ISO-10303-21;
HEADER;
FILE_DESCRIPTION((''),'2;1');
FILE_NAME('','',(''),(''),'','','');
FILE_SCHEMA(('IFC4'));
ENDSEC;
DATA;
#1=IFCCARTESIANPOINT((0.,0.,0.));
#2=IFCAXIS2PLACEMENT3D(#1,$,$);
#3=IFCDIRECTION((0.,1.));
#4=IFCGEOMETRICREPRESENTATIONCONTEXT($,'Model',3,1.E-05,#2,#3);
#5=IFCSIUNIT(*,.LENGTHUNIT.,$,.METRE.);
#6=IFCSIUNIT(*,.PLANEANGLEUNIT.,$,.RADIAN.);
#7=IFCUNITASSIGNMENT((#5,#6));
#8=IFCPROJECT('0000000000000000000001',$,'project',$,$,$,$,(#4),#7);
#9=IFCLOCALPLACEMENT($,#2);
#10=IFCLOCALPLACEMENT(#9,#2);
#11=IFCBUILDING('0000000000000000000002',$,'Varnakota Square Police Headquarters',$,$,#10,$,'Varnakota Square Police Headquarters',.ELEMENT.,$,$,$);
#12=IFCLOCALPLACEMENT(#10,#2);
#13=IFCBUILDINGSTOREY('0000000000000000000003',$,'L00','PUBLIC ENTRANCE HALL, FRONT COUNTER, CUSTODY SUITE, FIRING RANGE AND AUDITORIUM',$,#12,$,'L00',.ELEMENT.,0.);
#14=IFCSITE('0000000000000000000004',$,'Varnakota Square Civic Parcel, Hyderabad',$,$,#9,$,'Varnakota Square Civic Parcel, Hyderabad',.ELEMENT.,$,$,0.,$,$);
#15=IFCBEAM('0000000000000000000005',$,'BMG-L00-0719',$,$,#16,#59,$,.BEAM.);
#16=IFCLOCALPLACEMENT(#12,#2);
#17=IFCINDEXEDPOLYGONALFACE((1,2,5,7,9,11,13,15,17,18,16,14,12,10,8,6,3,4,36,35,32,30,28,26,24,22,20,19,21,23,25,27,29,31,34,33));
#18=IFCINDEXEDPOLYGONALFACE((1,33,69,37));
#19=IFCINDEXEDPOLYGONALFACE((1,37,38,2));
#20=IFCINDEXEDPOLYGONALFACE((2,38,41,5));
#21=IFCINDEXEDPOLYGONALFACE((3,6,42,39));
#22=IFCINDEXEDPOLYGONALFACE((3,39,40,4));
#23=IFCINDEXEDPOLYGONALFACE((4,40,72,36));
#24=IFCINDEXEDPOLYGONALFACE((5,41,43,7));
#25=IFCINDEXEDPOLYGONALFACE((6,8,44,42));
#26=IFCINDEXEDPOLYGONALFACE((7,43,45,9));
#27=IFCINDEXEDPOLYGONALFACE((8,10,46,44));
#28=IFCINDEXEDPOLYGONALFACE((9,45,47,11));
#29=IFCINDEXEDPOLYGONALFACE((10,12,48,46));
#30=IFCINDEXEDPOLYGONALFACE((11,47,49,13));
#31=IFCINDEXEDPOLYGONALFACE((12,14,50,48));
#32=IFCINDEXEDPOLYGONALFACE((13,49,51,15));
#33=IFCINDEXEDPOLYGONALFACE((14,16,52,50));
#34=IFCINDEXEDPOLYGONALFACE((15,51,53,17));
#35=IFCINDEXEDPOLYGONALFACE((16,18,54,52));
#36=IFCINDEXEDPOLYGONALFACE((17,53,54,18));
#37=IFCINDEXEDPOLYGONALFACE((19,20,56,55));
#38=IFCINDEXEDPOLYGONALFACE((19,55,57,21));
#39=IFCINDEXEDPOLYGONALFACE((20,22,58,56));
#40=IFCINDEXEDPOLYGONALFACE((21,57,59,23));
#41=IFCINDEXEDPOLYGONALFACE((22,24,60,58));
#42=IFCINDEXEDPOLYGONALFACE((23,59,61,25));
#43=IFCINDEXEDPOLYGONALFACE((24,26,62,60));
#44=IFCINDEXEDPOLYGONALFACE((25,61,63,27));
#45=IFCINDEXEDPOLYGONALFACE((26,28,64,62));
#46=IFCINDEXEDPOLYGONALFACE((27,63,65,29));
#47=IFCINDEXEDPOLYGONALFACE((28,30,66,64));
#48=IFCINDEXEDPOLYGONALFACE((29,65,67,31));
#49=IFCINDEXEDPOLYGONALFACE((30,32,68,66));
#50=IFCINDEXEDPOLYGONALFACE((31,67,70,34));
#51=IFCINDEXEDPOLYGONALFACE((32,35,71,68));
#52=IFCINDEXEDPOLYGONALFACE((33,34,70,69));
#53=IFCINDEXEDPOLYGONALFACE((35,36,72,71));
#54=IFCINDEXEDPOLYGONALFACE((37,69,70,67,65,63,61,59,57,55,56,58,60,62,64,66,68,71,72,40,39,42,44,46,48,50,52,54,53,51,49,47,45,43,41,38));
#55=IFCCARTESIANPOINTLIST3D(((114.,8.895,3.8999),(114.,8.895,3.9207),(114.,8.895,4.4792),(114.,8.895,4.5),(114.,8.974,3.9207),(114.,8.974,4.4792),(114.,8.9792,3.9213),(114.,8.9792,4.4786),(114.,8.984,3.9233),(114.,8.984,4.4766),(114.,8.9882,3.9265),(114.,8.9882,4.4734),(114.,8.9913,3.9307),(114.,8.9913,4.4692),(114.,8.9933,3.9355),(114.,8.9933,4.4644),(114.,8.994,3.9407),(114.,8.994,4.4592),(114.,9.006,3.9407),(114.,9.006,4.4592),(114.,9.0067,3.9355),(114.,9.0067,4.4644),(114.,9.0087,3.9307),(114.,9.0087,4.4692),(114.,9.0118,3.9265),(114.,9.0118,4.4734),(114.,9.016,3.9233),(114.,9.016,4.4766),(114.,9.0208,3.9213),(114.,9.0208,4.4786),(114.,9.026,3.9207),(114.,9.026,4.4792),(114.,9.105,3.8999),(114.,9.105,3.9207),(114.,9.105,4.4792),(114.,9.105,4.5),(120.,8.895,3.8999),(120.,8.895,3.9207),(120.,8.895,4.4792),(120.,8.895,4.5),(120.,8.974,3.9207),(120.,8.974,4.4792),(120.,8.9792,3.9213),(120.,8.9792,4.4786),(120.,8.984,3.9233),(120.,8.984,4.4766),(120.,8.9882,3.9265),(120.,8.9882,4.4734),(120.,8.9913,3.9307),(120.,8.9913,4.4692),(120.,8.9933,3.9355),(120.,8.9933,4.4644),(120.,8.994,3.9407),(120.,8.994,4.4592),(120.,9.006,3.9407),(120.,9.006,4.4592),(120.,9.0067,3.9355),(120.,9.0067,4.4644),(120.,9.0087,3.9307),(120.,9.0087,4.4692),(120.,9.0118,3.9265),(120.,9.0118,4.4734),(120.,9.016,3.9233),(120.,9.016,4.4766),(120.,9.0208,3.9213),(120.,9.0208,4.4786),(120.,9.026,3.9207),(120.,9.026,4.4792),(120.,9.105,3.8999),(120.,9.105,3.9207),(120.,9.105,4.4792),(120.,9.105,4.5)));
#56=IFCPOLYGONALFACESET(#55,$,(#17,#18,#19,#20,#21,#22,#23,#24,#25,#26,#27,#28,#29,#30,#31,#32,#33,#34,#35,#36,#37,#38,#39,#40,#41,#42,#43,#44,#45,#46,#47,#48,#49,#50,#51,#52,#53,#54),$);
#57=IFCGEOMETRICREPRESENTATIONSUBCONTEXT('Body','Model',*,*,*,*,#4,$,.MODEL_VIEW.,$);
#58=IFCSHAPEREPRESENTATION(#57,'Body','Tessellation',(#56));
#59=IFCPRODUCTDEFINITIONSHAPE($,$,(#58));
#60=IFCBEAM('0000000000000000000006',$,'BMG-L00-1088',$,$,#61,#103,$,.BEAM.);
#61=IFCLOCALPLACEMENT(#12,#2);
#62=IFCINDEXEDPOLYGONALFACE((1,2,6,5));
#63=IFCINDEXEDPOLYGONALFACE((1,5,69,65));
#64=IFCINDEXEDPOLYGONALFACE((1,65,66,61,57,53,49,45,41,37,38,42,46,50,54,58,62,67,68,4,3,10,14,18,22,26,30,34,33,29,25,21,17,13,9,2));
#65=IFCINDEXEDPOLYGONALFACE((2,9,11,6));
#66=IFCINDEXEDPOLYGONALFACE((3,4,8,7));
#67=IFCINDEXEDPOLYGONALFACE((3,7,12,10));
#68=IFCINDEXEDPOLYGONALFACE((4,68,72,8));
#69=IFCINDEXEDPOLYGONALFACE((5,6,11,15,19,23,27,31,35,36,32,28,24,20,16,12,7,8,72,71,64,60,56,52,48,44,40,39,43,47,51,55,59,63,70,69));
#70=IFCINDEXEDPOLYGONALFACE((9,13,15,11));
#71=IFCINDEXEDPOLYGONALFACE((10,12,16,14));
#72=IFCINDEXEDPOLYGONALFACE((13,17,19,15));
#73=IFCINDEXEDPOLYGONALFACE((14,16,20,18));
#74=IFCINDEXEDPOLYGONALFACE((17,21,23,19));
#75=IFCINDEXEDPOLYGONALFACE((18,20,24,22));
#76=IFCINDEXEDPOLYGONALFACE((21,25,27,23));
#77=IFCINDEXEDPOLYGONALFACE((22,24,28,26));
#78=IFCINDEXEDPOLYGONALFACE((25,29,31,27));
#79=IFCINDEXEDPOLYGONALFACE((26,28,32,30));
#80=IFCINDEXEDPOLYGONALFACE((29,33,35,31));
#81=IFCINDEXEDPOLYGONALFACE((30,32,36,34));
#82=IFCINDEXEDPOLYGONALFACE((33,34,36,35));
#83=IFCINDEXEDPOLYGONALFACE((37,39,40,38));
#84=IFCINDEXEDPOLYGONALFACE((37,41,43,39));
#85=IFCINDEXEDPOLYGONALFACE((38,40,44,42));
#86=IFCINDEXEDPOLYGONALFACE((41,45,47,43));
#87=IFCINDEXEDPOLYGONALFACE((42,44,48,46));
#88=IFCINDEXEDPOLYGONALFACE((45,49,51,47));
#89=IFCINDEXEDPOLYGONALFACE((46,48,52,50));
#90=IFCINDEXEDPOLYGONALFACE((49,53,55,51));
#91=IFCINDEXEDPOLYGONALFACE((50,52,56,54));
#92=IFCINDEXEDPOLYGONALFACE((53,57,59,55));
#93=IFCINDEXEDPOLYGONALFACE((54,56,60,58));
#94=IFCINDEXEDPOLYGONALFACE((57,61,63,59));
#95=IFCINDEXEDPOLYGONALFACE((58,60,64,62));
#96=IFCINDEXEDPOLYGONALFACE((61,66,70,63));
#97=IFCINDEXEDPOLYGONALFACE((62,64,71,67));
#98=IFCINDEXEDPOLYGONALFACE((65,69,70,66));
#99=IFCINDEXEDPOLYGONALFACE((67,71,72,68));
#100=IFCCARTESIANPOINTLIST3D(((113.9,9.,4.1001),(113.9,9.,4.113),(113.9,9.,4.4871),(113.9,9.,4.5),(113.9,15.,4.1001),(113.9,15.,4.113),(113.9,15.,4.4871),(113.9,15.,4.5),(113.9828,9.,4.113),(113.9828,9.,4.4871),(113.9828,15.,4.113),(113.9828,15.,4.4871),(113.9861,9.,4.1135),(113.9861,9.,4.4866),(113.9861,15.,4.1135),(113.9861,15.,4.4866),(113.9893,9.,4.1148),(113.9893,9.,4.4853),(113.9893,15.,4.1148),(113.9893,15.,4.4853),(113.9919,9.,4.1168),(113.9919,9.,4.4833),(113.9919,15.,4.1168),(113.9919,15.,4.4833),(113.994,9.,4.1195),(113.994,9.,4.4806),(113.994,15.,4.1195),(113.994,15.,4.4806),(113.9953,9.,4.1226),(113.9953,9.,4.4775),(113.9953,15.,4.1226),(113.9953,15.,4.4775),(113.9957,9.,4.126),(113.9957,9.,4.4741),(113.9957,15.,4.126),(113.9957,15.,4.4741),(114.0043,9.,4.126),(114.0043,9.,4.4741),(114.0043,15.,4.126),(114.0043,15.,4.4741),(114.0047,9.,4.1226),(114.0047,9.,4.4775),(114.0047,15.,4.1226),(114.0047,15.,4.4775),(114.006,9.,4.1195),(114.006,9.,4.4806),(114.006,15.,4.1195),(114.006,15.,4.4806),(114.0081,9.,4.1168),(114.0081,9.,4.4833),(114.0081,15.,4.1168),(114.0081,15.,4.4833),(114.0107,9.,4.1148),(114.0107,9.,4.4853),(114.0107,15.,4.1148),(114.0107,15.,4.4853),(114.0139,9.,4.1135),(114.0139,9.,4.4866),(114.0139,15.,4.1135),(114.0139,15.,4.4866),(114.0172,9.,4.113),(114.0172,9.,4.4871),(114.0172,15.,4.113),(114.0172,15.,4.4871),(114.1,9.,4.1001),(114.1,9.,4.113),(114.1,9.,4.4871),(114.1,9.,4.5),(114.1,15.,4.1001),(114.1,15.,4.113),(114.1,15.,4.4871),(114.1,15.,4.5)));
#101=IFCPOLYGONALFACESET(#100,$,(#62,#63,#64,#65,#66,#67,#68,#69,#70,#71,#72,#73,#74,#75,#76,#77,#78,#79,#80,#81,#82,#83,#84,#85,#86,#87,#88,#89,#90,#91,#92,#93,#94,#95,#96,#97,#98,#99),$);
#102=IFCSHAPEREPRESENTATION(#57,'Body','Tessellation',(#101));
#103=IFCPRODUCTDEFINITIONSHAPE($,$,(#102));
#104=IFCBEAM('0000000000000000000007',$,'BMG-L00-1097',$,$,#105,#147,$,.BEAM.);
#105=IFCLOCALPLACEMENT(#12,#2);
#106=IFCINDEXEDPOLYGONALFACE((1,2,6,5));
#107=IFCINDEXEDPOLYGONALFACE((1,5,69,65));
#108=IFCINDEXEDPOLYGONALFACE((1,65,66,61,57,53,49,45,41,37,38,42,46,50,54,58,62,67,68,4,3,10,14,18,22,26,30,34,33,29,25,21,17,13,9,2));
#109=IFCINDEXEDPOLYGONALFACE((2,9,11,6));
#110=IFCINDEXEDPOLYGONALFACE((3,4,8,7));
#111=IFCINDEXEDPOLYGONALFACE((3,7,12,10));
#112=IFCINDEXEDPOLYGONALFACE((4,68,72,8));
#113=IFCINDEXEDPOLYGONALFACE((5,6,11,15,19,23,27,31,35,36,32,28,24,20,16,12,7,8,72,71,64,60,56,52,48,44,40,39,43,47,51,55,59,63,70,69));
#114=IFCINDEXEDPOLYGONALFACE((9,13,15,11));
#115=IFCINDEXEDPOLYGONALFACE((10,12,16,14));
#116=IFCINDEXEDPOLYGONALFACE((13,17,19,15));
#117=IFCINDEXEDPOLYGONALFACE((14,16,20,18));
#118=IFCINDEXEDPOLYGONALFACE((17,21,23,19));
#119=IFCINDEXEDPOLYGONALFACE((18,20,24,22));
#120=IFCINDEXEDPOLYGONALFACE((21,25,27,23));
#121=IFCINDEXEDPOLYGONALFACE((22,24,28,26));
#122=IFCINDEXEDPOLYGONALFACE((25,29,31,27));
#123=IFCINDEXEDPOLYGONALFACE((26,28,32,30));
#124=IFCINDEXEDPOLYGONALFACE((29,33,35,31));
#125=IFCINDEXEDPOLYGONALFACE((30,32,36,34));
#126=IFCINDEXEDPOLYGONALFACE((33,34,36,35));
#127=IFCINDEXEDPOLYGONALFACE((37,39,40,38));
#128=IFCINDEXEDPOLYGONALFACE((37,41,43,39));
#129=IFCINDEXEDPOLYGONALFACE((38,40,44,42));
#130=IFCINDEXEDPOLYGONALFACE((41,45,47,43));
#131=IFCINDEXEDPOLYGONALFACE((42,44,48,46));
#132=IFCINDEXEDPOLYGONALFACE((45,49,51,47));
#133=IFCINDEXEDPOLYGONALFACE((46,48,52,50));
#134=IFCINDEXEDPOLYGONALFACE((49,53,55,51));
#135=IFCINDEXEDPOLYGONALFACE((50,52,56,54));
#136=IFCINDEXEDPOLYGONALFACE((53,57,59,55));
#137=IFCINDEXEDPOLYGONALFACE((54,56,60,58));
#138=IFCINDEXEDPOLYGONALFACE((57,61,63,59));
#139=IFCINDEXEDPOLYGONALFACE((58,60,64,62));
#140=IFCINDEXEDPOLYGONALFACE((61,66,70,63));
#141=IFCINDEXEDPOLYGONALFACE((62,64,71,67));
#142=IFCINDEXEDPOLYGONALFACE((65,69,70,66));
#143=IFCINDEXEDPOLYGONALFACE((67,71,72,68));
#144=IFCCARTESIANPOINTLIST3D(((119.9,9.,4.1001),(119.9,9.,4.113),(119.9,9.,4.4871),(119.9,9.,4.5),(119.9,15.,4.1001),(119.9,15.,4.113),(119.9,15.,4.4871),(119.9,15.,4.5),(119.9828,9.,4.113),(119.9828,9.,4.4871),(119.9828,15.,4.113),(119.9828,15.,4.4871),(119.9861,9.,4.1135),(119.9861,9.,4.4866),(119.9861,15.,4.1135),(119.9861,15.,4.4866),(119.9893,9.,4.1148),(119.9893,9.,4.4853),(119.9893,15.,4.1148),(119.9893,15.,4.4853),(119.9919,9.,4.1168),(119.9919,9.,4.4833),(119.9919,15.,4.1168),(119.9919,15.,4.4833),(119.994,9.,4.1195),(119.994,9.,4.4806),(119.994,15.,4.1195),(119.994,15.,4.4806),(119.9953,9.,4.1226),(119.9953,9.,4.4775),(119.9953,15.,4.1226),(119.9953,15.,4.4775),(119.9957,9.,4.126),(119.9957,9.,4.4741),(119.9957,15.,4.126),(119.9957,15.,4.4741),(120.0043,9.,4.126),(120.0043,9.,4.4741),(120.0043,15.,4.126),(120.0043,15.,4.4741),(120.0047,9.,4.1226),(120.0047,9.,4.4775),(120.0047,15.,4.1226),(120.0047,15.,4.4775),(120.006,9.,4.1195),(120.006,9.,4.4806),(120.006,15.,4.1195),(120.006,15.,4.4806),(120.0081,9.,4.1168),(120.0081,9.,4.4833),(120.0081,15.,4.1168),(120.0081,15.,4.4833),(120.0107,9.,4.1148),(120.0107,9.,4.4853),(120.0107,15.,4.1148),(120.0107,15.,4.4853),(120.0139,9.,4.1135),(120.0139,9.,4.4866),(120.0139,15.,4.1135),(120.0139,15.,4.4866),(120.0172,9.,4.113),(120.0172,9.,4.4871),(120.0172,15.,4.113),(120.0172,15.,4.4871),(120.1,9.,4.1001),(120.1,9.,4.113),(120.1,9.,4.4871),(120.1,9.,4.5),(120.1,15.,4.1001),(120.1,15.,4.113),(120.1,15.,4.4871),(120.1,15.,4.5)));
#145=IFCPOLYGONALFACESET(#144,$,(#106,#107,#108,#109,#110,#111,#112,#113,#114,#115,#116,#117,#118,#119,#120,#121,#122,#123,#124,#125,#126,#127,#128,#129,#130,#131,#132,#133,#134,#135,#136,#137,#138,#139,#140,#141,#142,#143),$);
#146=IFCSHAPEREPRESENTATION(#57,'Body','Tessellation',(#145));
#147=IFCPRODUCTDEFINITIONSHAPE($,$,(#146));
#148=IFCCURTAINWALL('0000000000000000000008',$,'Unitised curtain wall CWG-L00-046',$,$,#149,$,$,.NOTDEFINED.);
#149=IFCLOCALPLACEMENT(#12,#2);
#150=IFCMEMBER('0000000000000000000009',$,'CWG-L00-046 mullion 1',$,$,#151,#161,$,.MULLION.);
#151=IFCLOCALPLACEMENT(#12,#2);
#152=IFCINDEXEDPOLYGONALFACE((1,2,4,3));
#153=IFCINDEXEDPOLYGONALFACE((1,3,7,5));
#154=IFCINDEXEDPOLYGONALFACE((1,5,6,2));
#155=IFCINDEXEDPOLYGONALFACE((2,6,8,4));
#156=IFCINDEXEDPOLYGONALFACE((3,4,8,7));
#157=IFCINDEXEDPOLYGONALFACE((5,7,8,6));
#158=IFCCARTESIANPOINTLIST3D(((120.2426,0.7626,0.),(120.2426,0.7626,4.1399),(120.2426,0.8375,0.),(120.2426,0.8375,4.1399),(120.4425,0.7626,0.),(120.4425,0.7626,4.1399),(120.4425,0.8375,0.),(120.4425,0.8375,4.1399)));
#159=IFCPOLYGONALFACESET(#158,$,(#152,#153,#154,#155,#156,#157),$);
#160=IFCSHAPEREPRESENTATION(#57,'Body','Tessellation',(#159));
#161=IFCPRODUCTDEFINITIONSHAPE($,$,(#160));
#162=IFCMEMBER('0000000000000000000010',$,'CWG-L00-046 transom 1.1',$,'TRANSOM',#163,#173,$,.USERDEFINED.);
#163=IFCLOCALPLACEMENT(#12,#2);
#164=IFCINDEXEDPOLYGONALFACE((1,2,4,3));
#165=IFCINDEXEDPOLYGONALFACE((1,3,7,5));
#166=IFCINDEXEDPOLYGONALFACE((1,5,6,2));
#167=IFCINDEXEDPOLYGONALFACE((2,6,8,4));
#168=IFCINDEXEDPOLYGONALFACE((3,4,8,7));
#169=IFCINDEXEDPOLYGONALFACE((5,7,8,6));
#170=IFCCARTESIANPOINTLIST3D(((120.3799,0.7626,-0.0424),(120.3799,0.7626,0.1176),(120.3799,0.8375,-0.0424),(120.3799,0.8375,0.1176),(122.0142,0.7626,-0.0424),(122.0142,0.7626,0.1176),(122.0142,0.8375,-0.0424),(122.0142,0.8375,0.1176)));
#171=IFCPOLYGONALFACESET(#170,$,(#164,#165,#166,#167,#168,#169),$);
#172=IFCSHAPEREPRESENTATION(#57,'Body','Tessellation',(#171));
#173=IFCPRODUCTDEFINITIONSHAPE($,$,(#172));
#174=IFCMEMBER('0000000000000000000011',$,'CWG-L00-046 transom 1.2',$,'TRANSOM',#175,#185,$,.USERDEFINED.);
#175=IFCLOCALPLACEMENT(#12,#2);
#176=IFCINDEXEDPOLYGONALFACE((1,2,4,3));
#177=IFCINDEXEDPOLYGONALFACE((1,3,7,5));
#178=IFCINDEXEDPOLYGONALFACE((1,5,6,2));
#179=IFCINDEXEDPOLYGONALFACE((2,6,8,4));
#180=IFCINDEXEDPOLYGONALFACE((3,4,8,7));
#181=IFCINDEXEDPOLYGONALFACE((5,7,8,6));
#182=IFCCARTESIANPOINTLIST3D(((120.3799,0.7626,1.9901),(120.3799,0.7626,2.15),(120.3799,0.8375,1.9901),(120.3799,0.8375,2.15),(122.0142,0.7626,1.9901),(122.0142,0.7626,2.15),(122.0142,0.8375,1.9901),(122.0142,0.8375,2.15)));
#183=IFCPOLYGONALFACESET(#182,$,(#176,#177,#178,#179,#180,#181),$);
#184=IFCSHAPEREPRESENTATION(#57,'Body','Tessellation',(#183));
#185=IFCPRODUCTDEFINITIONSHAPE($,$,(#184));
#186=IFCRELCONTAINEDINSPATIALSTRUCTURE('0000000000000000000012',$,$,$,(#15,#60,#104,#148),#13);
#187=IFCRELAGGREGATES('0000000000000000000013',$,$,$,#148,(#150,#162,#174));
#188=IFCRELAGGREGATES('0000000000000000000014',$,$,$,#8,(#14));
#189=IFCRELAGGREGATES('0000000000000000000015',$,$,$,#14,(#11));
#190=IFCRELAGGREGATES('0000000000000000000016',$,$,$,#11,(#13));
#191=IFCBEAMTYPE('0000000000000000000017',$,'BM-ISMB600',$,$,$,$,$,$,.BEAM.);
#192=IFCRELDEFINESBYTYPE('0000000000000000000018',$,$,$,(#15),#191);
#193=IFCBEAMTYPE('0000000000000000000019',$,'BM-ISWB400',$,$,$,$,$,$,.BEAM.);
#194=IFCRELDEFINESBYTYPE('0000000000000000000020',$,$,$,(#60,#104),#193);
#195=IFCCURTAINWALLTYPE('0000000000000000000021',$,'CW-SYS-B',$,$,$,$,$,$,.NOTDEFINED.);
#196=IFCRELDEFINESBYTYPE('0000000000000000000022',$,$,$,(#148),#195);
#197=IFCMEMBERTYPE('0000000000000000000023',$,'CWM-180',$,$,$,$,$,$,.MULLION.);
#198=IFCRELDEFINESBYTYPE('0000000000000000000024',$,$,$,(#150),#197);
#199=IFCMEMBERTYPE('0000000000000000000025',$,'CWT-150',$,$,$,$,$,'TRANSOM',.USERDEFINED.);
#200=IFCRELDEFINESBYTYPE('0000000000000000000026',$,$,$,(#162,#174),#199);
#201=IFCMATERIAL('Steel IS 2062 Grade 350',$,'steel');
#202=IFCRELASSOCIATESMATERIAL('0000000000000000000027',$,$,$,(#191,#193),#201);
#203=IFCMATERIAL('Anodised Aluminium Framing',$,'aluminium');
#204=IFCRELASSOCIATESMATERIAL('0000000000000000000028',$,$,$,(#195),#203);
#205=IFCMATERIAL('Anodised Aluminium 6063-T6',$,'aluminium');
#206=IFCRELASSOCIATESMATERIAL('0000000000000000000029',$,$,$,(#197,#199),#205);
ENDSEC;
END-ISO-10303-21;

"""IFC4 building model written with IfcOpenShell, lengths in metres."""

from ifc_helpers import new_model, si_unit, direction, frame, origin, origin_2d, place, context, subcontext, project, spatial, rectangle, i_section, extrude, material, material_profile, profile_set, type_object, element, aggregate, save


model = new_model("IFC4")

# Units and contexts
model_context = context("Model", 3, precision=1e-05, world=origin(), true_north=direction((0.0, 1.0)))
body_context = subcontext(model_context, "Body", "Model", "MODEL_VIEW")
ifc_project = project(units=[si_unit("LENGTHUNIT", "METRE"), si_unit("PLANEANGLEUNIT", "RADIAN")], contexts=[model_context])

# Site, building, storey
site_placement = place(None, origin())
site = spatial("IfcSite", under=ifc_project, at=site_placement, Name="Varnakota Square Civic Parcel, Hyderabad", LongName="Varnakota Square Civic Parcel, Hyderabad", CompositionType="ELEMENT", RefElevation=0.0)
building_placement = place(site_placement, origin())
building = spatial("IfcBuilding", under=site, at=building_placement, Name="Varnakota Square Police Headquarters", LongName="Varnakota Square Police Headquarters", CompositionType="ELEMENT")
storey_placement = place(building_placement, origin())
storey = spatial("IfcBuildingStorey", under=building, at=storey_placement, Name="L00", Description="PUBLIC ENTRANCE HALL, FRONT COUNTER, CUSTODY SUITE, FIRING RANGE AND AUDITORIUM", LongName="L00", CompositionType="ELEMENT", Elevation=0.0)

# Beams
ifc_material_1 = material(Name="Steel IS 2062 Grade 350", Category="steel")
ifc_material_profile_1 = material_profile(ifc_material_1, i_section(OverallWidth=0.21, OverallDepth=0.6001, WebThickness=0.012, FlangeThickness=0.0208, FilletRadius=0.02, at=origin_2d()), Name="ISMB 600")
ifc_profile_set_1 = profile_set([ifc_material_profile_1], Name="Steel IS 2062 Grade 350")
beam_type_1 = type_object("IfcBeamType", Name="BM-ISMB600", PredefinedType="BEAM", material=ifc_profile_set_1)
beam_1_placement = place(storey_placement, frame((114.0, 9.0, 4.2), z_axis=(1.0, 0.0, 0.0), x_axis=(0.0, 1.0, 0.0)))
element("IfcBeam", 1, at=beam_1_placement, inside=storey, type_object=beam_type_1, Name="BMG-L00-0719", PredefinedType="BEAM", context=body_context, shape_type="SweptSolid", body=[
    extrude(i_section(OverallWidth=0.21, OverallDepth=0.6001, WebThickness=0.012, FlangeThickness=0.0208, FilletRadius=0.02, at=origin_2d()), origin(), (0.0, 0.0, 1.0), 6.0),
])
ifc_material_profile_2 = material_profile(ifc_material_1, i_section(OverallWidth=0.2, OverallDepth=0.3999, WebThickness=0.0085, FlangeThickness=0.0129, FilletRadius=0.0129, at=origin_2d()), Name="ISWB 400")
ifc_profile_set_2 = profile_set([ifc_material_profile_2], Name="Steel IS 2062 Grade 350")
beam_type_2 = type_object("IfcBeamType", Name="BM-ISWB400", PredefinedType="BEAM", material=ifc_profile_set_2)
for number, where, z_axis, x_axis, name in (
    (2, (114.0, 9.0, 4.3), (0.0, 1.0, 0.0), (-1.0, 0.0, 0.0), "BMG-L00-1088"),
    (3, (120.0, 9.0, 4.3), (0.0, 1.0, 0.0), (-1.0, 0.0, 0.0), "BMG-L00-1097"),
):
    element("IfcBeam", number, at=place(storey_placement, frame(where, z_axis=z_axis, x_axis=x_axis)), inside=storey, type_object=beam_type_2, Name=name, PredefinedType="BEAM", context=body_context, shape_type="SweptSolid", body=[
        extrude(i_section(OverallWidth=0.2, OverallDepth=0.3999, WebThickness=0.0085, FlangeThickness=0.0129, FilletRadius=0.0129, at=origin_2d()), origin(), (0.0, 0.0, 1.0), 6.0),
    ])

# Curtain wall, members
ifc_material_2 = material(Name="Anodised Aluminium Framing", Category="aluminium")
curtain_wall_type = type_object("IfcCurtainWallType", Name="CW-SYS-B", PredefinedType="NOTDEFINED", material=ifc_material_2)
curtain_wall_placement = place(storey_placement, origin())
curtain_wall = element("IfcCurtainWall", 4, at=curtain_wall_placement, inside=storey, type_object=curtain_wall_type, Name="Unitised curtain wall CWG-L00-046", PredefinedType="NOTDEFINED")
ifc_material_3 = material(Name="Anodised Aluminium 6063-T6", Category="aluminium")
ifc_material_profile_3 = material_profile(ifc_material_3, rectangle(XDim=0.075, YDim=0.2, at=origin_2d()), Name="ALU MULLION 75x200")
ifc_profile_set_3 = profile_set([ifc_material_profile_3], Name="Anodised Aluminium 6063-T6")
member_type_1 = type_object("IfcMemberType", Name="CWM-180", PredefinedType="MULLION", material=ifc_profile_set_3)
member_1_placement = place(storey_placement, frame((120.3425, 0.8, 0.0), z_axis=(0.0, 0.0, 1.0), x_axis=(0.0, 1.0, 0.0)))
member_1 = element("IfcMember", 5, at=member_1_placement, type_object=member_type_1, Name="CWG-L00-046 mullion 1", PredefinedType="MULLION", context=body_context, shape_type="SweptSolid", body=[
    extrude(rectangle(XDim=0.075, YDim=0.2, at=origin_2d()), origin(), (0.0, 0.0, 1.0), 4.1399),
])
ifc_material_profile_4 = material_profile(ifc_material_3, rectangle(XDim=0.075, YDim=0.1599, at=origin_2d()), Name="ALU TRANSOM 75x160")
ifc_profile_set_4 = profile_set([ifc_material_profile_4], Name="Anodised Aluminium 6063-T6")
member_type_2 = type_object("IfcMemberType", Name="CWT-150", ElementType="TRANSOM", PredefinedType="USERDEFINED", material=ifc_profile_set_4)
member_2_placement = place(storey_placement, frame((120.3799, 0.8, 0.0376), z_axis=(1.0, 0.0, 0.0), x_axis=(0.0, 1.0, 0.0)))
member_2 = element("IfcMember", 6, at=member_2_placement, type_object=member_type_2, Name="CWG-L00-046 transom 1.1", ObjectType="TRANSOM", PredefinedType="USERDEFINED", context=body_context, shape_type="SweptSolid", body=[
    extrude(rectangle(XDim=0.075, YDim=0.1599, at=origin_2d()), origin(), (0.0, 0.0, 1.0), 1.6343),
])
member_3_placement = place(storey_placement, frame((120.3799, 0.8, 2.0701), z_axis=(1.0, 0.0, 0.0), x_axis=(0.0, 1.0, 0.0)))
member_3 = element("IfcMember", 7, at=member_3_placement, type_object=member_type_2, Name="CWG-L00-046 transom 1.2", ObjectType="TRANSOM", PredefinedType="USERDEFINED", context=body_context, shape_type="SweptSolid", body=[
    extrude(rectangle(XDim=0.075, YDim=0.1599, at=origin_2d()), origin(), (0.0, 0.0, 1.0), 1.6343),
])
aggregate(curtain_wall, [member_1, member_2, member_3])

save(model, "model.ifc")
